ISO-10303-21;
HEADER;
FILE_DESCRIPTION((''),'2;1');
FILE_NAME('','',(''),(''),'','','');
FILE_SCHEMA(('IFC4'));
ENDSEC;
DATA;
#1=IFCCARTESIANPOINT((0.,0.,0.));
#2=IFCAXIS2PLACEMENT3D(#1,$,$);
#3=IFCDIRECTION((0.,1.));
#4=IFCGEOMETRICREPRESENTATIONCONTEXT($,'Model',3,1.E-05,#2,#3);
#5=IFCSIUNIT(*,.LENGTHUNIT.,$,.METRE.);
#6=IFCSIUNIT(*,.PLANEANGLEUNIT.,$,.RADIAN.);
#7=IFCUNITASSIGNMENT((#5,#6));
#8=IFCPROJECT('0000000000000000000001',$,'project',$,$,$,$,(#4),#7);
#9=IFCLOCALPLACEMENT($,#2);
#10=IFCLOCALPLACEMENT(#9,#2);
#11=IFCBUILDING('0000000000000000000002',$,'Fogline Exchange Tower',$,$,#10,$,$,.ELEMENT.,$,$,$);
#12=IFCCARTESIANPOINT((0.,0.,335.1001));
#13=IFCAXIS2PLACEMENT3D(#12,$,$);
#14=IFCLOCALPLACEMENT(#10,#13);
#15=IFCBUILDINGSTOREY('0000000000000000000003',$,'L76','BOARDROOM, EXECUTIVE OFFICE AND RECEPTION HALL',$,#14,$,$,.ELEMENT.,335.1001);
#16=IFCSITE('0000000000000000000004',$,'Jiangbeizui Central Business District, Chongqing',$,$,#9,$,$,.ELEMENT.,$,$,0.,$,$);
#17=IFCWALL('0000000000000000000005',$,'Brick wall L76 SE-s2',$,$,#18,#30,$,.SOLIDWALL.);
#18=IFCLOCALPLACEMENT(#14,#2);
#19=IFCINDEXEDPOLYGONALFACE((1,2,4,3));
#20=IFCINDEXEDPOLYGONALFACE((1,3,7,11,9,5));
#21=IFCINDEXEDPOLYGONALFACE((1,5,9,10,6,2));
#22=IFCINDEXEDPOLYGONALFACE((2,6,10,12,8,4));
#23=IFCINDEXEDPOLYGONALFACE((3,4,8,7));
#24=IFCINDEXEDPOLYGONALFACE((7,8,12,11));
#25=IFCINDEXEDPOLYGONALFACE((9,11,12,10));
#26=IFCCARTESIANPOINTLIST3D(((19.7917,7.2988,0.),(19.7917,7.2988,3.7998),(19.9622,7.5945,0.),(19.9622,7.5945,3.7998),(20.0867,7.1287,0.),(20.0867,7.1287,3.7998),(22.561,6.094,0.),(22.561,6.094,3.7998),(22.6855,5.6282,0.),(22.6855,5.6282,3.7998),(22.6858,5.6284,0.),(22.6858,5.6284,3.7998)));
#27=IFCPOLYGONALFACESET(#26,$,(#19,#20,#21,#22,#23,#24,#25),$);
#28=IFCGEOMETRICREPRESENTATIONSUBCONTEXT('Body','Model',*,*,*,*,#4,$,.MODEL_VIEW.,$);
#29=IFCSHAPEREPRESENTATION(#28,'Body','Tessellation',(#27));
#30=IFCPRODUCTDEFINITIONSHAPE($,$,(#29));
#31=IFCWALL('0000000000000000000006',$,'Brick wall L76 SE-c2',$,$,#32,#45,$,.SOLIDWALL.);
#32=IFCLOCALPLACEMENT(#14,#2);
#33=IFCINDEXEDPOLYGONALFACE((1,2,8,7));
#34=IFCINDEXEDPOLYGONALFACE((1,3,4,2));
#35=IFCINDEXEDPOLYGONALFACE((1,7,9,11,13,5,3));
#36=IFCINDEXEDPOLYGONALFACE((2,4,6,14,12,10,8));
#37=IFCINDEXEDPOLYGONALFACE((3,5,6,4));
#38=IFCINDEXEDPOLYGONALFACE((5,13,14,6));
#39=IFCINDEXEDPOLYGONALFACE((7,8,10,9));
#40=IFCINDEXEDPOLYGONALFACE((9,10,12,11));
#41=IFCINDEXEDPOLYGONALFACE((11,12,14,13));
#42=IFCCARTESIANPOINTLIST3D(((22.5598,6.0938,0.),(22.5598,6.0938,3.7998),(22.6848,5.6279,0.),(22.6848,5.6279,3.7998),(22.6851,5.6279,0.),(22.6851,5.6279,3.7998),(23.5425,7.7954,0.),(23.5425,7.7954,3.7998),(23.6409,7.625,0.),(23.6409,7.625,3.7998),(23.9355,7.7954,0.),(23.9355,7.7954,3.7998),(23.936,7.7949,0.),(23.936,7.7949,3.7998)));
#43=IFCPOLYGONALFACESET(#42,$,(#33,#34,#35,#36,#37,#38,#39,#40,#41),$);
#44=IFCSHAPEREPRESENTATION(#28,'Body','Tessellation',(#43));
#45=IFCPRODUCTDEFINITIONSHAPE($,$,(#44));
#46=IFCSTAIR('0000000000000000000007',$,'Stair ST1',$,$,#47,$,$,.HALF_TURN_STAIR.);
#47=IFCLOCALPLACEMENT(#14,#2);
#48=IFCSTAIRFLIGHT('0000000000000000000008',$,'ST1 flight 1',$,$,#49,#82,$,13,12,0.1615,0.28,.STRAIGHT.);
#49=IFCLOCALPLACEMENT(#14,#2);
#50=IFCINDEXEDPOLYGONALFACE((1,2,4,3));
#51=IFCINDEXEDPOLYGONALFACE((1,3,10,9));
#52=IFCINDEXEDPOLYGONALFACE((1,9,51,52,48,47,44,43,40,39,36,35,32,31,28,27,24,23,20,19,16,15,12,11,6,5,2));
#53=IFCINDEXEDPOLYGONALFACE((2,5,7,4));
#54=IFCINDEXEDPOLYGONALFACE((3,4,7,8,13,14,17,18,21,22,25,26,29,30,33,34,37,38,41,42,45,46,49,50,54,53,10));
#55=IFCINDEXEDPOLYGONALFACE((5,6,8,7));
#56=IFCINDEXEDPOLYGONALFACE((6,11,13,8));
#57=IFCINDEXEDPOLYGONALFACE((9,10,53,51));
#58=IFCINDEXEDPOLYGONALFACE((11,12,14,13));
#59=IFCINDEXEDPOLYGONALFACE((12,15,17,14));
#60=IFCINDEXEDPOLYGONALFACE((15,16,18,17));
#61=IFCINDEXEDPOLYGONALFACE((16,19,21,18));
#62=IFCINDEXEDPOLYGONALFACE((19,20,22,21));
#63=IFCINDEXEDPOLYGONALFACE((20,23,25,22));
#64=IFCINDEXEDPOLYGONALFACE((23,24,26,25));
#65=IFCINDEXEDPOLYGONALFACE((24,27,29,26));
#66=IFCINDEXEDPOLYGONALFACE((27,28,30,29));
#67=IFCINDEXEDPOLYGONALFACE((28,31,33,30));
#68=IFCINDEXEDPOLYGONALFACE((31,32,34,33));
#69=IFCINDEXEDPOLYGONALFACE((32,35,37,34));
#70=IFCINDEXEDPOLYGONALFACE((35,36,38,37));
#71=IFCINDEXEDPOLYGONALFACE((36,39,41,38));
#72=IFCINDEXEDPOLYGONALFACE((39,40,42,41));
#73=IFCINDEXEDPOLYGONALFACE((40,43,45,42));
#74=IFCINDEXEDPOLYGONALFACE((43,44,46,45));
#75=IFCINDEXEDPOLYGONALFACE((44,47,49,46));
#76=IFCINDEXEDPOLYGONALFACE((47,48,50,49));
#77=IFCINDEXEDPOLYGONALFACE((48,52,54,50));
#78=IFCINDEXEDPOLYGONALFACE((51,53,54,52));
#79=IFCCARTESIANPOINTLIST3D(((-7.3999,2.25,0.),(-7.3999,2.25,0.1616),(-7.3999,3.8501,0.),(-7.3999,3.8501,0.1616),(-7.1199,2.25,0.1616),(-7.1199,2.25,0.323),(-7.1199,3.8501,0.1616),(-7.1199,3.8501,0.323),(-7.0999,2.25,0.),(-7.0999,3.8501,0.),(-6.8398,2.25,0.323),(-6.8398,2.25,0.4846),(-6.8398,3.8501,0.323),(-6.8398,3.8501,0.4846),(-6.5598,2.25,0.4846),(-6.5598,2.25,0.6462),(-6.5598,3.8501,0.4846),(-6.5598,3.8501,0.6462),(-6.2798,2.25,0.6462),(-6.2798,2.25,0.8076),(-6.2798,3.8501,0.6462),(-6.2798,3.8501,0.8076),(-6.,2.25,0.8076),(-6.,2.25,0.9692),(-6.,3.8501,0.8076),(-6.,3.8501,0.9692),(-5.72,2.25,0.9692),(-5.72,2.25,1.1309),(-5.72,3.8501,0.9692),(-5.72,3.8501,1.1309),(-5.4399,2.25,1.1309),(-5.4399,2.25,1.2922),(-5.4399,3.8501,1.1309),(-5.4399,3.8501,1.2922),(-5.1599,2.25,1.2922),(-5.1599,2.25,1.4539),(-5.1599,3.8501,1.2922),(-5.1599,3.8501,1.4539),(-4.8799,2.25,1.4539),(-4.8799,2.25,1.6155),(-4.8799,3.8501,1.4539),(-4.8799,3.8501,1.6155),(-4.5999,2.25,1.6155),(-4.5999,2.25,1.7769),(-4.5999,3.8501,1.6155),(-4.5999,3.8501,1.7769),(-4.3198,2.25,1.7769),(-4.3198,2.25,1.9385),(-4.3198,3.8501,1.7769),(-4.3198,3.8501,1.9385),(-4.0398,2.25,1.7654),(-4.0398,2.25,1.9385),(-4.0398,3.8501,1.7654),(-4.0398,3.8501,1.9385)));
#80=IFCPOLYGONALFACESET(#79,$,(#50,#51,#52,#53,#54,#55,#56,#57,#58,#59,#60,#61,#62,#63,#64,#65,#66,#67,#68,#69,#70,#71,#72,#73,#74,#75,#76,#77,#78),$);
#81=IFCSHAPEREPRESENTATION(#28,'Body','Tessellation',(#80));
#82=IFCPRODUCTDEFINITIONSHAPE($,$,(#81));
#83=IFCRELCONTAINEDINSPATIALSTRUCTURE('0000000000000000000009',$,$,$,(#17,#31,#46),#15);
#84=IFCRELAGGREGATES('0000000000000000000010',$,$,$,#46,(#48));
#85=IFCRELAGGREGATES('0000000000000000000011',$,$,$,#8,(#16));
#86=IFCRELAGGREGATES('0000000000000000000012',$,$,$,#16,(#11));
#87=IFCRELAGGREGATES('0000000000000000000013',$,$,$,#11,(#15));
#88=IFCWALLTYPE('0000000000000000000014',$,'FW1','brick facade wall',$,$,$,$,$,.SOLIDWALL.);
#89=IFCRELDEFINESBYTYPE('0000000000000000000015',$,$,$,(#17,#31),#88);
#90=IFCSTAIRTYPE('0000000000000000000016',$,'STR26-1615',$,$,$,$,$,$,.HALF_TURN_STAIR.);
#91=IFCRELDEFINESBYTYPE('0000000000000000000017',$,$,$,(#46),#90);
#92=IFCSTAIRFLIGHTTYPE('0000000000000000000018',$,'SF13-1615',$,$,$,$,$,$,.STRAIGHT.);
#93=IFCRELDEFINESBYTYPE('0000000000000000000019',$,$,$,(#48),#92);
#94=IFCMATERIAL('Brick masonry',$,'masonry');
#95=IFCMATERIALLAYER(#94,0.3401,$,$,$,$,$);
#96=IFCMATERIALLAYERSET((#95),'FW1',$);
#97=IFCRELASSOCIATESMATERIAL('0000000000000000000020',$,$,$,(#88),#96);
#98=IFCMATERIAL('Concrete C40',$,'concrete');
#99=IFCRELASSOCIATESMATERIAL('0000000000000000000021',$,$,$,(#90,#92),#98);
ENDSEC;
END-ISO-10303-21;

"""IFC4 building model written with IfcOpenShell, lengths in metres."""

from ifc_helpers import new_model, si_unit, direction, frame, origin, place, context, subcontext, project, spatial, polyline, outline, extrude, material, layer, layer_set, type_object, element, aggregate, save


model = new_model("IFC4")

# Units and contexts
model_context = context("Model", 3, precision=1e-05, world=origin(), true_north=direction((0.0, 1.0)))
body_context = subcontext(model_context, "Body", "Model", "MODEL_VIEW")
ifc_project = project(units=[si_unit("LENGTHUNIT", "METRE"), si_unit("PLANEANGLEUNIT", "RADIAN")], contexts=[model_context])

# Site, building, storey
site_placement = place(None, origin())
site = spatial("IfcSite", under=ifc_project, at=site_placement, Name="Jiangbeizui Central Business District, Chongqing", CompositionType="ELEMENT", RefElevation=0.0)
building_placement = place(site_placement, origin())
building = spatial("IfcBuilding", under=site, at=building_placement, Name="Fogline Exchange Tower", CompositionType="ELEMENT")
storey_placement = place(building_placement, frame((0.0, 0.0, 335.1001)))
storey = spatial("IfcBuildingStorey", under=building, at=storey_placement, Name="L76", Description="BOARDROOM, EXECUTIVE OFFICE AND RECEPTION HALL", CompositionType="ELEMENT", Elevation=335.1001)

# Shared definitions
ifc_material_1 = material(Name="Concrete C40", Category="concrete")

# Walls
ifc_material_2 = material(Name="Brick masonry", Category="masonry")
ifc_layer_1 = layer(ifc_material_2, 0.3401)
ifc_layer_set_1 = layer_set([ifc_layer_1], Name="FW1")
wall_type_1 = type_object("IfcWallType", Name="FW1", Description="brick facade wall", PredefinedType="SOLIDWALL", material=ifc_layer_set_1)
wall_1_placement = place(storey_placement, origin())
element("IfcWall", 1, at=wall_1_placement, inside=storey, type_object=wall_type_1, Name="Brick wall L76 SE-s2", PredefinedType="SOLIDWALL", context=body_context, shape_type="SweptSolid", body=[
    extrude(outline(polyline([(22.6855, 5.6282), (20.0867, 7.1287), (19.7917, 7.2988), (19.9622, 7.5945), (22.561, 6.094), (22.6858, 5.6284), (22.6855, 5.6282)])), origin(), (0.0, 0.0, 1.0), 3.7998),
])
wall_2_placement = place(storey_placement, origin())
element("IfcWall", 2, at=wall_2_placement, inside=storey, type_object=wall_type_1, Name="Brick wall L76 SE-c2", PredefinedType="SOLIDWALL", context=body_context, shape_type="SweptSolid", body=[
    extrude(outline(polyline([(23.5425, 7.7954), (23.6409, 7.625), (23.9355, 7.7954), (23.936, 7.7949), (22.6851, 5.6279), (22.6848, 5.6279), (22.5598, 6.0938), (23.5425, 7.7954)])), origin(), (0.0, 0.0, 1.0), 3.7998),
])

# Stair, stair flight
stair_type = type_object("IfcStairType", Name="STR26-1615", PredefinedType="HALF_TURN_STAIR", material=ifc_material_1)
stair_placement = place(storey_placement, origin())
stair = element("IfcStair", 3, at=stair_placement, inside=storey, type_object=stair_type, Name="Stair ST1", PredefinedType="HALF_TURN_STAIR")
stair_flight_type = type_object("IfcStairFlightType", Name="SF13-1615", PredefinedType="STRAIGHT", material=ifc_material_1)
stair_flight_placement = place(storey_placement, frame((-7.3999, 3.05, 0.0), z_axis=(0.0, 0.0, 1.0), x_axis=(1.0, 0.0, 0.0)))
stair_flight = element("IfcStairFlight", 4, at=stair_flight_placement, type_object=stair_flight_type, Name="ST1 flight 1", NumberOfRisers=13, NumberOfTreads=12, PredefinedType="STRAIGHT", RiserHeight=0.1615, TreadLength=0.28, context=body_context, shape_type="SweptSolid", body=[
    extrude(outline(polyline([(0.0, 0.0), (0.0, 0.1616), (0.28, 0.1616), (0.28, 0.323), (0.5601, 0.323), (0.5601, 0.4846), (0.8401, 0.4846), (0.8401, 0.6462), (1.1201, 0.6462), (1.1201, 0.8076), (1.3999, 0.8076), (1.3999, 0.9692), (1.6799, 0.9692), (1.6799, 1.1309), (1.96, 1.1309), (1.96, 1.2922), (2.24, 1.2922), (2.24, 1.4539), (2.52, 1.4539), (2.52, 1.6155), (2.8, 1.6155), (2.8, 1.7769), (3.0801, 1.7769), (3.0801, 1.9385), (3.3601, 1.9385), (3.3601, 2.1001), (3.3601, 1.7654), (0.3, 0.0), (0.0, 0.0)])), frame((0.0, 0.8, 0.0), z_axis=(0.0, -1.0, 0.0), x_axis=(1.0, 0.0, 0.0)), (0.0, 0.0, 1.0), 1.6001),
])
aggregate(stair, [stair_flight])

save(model, "model.ifc")
